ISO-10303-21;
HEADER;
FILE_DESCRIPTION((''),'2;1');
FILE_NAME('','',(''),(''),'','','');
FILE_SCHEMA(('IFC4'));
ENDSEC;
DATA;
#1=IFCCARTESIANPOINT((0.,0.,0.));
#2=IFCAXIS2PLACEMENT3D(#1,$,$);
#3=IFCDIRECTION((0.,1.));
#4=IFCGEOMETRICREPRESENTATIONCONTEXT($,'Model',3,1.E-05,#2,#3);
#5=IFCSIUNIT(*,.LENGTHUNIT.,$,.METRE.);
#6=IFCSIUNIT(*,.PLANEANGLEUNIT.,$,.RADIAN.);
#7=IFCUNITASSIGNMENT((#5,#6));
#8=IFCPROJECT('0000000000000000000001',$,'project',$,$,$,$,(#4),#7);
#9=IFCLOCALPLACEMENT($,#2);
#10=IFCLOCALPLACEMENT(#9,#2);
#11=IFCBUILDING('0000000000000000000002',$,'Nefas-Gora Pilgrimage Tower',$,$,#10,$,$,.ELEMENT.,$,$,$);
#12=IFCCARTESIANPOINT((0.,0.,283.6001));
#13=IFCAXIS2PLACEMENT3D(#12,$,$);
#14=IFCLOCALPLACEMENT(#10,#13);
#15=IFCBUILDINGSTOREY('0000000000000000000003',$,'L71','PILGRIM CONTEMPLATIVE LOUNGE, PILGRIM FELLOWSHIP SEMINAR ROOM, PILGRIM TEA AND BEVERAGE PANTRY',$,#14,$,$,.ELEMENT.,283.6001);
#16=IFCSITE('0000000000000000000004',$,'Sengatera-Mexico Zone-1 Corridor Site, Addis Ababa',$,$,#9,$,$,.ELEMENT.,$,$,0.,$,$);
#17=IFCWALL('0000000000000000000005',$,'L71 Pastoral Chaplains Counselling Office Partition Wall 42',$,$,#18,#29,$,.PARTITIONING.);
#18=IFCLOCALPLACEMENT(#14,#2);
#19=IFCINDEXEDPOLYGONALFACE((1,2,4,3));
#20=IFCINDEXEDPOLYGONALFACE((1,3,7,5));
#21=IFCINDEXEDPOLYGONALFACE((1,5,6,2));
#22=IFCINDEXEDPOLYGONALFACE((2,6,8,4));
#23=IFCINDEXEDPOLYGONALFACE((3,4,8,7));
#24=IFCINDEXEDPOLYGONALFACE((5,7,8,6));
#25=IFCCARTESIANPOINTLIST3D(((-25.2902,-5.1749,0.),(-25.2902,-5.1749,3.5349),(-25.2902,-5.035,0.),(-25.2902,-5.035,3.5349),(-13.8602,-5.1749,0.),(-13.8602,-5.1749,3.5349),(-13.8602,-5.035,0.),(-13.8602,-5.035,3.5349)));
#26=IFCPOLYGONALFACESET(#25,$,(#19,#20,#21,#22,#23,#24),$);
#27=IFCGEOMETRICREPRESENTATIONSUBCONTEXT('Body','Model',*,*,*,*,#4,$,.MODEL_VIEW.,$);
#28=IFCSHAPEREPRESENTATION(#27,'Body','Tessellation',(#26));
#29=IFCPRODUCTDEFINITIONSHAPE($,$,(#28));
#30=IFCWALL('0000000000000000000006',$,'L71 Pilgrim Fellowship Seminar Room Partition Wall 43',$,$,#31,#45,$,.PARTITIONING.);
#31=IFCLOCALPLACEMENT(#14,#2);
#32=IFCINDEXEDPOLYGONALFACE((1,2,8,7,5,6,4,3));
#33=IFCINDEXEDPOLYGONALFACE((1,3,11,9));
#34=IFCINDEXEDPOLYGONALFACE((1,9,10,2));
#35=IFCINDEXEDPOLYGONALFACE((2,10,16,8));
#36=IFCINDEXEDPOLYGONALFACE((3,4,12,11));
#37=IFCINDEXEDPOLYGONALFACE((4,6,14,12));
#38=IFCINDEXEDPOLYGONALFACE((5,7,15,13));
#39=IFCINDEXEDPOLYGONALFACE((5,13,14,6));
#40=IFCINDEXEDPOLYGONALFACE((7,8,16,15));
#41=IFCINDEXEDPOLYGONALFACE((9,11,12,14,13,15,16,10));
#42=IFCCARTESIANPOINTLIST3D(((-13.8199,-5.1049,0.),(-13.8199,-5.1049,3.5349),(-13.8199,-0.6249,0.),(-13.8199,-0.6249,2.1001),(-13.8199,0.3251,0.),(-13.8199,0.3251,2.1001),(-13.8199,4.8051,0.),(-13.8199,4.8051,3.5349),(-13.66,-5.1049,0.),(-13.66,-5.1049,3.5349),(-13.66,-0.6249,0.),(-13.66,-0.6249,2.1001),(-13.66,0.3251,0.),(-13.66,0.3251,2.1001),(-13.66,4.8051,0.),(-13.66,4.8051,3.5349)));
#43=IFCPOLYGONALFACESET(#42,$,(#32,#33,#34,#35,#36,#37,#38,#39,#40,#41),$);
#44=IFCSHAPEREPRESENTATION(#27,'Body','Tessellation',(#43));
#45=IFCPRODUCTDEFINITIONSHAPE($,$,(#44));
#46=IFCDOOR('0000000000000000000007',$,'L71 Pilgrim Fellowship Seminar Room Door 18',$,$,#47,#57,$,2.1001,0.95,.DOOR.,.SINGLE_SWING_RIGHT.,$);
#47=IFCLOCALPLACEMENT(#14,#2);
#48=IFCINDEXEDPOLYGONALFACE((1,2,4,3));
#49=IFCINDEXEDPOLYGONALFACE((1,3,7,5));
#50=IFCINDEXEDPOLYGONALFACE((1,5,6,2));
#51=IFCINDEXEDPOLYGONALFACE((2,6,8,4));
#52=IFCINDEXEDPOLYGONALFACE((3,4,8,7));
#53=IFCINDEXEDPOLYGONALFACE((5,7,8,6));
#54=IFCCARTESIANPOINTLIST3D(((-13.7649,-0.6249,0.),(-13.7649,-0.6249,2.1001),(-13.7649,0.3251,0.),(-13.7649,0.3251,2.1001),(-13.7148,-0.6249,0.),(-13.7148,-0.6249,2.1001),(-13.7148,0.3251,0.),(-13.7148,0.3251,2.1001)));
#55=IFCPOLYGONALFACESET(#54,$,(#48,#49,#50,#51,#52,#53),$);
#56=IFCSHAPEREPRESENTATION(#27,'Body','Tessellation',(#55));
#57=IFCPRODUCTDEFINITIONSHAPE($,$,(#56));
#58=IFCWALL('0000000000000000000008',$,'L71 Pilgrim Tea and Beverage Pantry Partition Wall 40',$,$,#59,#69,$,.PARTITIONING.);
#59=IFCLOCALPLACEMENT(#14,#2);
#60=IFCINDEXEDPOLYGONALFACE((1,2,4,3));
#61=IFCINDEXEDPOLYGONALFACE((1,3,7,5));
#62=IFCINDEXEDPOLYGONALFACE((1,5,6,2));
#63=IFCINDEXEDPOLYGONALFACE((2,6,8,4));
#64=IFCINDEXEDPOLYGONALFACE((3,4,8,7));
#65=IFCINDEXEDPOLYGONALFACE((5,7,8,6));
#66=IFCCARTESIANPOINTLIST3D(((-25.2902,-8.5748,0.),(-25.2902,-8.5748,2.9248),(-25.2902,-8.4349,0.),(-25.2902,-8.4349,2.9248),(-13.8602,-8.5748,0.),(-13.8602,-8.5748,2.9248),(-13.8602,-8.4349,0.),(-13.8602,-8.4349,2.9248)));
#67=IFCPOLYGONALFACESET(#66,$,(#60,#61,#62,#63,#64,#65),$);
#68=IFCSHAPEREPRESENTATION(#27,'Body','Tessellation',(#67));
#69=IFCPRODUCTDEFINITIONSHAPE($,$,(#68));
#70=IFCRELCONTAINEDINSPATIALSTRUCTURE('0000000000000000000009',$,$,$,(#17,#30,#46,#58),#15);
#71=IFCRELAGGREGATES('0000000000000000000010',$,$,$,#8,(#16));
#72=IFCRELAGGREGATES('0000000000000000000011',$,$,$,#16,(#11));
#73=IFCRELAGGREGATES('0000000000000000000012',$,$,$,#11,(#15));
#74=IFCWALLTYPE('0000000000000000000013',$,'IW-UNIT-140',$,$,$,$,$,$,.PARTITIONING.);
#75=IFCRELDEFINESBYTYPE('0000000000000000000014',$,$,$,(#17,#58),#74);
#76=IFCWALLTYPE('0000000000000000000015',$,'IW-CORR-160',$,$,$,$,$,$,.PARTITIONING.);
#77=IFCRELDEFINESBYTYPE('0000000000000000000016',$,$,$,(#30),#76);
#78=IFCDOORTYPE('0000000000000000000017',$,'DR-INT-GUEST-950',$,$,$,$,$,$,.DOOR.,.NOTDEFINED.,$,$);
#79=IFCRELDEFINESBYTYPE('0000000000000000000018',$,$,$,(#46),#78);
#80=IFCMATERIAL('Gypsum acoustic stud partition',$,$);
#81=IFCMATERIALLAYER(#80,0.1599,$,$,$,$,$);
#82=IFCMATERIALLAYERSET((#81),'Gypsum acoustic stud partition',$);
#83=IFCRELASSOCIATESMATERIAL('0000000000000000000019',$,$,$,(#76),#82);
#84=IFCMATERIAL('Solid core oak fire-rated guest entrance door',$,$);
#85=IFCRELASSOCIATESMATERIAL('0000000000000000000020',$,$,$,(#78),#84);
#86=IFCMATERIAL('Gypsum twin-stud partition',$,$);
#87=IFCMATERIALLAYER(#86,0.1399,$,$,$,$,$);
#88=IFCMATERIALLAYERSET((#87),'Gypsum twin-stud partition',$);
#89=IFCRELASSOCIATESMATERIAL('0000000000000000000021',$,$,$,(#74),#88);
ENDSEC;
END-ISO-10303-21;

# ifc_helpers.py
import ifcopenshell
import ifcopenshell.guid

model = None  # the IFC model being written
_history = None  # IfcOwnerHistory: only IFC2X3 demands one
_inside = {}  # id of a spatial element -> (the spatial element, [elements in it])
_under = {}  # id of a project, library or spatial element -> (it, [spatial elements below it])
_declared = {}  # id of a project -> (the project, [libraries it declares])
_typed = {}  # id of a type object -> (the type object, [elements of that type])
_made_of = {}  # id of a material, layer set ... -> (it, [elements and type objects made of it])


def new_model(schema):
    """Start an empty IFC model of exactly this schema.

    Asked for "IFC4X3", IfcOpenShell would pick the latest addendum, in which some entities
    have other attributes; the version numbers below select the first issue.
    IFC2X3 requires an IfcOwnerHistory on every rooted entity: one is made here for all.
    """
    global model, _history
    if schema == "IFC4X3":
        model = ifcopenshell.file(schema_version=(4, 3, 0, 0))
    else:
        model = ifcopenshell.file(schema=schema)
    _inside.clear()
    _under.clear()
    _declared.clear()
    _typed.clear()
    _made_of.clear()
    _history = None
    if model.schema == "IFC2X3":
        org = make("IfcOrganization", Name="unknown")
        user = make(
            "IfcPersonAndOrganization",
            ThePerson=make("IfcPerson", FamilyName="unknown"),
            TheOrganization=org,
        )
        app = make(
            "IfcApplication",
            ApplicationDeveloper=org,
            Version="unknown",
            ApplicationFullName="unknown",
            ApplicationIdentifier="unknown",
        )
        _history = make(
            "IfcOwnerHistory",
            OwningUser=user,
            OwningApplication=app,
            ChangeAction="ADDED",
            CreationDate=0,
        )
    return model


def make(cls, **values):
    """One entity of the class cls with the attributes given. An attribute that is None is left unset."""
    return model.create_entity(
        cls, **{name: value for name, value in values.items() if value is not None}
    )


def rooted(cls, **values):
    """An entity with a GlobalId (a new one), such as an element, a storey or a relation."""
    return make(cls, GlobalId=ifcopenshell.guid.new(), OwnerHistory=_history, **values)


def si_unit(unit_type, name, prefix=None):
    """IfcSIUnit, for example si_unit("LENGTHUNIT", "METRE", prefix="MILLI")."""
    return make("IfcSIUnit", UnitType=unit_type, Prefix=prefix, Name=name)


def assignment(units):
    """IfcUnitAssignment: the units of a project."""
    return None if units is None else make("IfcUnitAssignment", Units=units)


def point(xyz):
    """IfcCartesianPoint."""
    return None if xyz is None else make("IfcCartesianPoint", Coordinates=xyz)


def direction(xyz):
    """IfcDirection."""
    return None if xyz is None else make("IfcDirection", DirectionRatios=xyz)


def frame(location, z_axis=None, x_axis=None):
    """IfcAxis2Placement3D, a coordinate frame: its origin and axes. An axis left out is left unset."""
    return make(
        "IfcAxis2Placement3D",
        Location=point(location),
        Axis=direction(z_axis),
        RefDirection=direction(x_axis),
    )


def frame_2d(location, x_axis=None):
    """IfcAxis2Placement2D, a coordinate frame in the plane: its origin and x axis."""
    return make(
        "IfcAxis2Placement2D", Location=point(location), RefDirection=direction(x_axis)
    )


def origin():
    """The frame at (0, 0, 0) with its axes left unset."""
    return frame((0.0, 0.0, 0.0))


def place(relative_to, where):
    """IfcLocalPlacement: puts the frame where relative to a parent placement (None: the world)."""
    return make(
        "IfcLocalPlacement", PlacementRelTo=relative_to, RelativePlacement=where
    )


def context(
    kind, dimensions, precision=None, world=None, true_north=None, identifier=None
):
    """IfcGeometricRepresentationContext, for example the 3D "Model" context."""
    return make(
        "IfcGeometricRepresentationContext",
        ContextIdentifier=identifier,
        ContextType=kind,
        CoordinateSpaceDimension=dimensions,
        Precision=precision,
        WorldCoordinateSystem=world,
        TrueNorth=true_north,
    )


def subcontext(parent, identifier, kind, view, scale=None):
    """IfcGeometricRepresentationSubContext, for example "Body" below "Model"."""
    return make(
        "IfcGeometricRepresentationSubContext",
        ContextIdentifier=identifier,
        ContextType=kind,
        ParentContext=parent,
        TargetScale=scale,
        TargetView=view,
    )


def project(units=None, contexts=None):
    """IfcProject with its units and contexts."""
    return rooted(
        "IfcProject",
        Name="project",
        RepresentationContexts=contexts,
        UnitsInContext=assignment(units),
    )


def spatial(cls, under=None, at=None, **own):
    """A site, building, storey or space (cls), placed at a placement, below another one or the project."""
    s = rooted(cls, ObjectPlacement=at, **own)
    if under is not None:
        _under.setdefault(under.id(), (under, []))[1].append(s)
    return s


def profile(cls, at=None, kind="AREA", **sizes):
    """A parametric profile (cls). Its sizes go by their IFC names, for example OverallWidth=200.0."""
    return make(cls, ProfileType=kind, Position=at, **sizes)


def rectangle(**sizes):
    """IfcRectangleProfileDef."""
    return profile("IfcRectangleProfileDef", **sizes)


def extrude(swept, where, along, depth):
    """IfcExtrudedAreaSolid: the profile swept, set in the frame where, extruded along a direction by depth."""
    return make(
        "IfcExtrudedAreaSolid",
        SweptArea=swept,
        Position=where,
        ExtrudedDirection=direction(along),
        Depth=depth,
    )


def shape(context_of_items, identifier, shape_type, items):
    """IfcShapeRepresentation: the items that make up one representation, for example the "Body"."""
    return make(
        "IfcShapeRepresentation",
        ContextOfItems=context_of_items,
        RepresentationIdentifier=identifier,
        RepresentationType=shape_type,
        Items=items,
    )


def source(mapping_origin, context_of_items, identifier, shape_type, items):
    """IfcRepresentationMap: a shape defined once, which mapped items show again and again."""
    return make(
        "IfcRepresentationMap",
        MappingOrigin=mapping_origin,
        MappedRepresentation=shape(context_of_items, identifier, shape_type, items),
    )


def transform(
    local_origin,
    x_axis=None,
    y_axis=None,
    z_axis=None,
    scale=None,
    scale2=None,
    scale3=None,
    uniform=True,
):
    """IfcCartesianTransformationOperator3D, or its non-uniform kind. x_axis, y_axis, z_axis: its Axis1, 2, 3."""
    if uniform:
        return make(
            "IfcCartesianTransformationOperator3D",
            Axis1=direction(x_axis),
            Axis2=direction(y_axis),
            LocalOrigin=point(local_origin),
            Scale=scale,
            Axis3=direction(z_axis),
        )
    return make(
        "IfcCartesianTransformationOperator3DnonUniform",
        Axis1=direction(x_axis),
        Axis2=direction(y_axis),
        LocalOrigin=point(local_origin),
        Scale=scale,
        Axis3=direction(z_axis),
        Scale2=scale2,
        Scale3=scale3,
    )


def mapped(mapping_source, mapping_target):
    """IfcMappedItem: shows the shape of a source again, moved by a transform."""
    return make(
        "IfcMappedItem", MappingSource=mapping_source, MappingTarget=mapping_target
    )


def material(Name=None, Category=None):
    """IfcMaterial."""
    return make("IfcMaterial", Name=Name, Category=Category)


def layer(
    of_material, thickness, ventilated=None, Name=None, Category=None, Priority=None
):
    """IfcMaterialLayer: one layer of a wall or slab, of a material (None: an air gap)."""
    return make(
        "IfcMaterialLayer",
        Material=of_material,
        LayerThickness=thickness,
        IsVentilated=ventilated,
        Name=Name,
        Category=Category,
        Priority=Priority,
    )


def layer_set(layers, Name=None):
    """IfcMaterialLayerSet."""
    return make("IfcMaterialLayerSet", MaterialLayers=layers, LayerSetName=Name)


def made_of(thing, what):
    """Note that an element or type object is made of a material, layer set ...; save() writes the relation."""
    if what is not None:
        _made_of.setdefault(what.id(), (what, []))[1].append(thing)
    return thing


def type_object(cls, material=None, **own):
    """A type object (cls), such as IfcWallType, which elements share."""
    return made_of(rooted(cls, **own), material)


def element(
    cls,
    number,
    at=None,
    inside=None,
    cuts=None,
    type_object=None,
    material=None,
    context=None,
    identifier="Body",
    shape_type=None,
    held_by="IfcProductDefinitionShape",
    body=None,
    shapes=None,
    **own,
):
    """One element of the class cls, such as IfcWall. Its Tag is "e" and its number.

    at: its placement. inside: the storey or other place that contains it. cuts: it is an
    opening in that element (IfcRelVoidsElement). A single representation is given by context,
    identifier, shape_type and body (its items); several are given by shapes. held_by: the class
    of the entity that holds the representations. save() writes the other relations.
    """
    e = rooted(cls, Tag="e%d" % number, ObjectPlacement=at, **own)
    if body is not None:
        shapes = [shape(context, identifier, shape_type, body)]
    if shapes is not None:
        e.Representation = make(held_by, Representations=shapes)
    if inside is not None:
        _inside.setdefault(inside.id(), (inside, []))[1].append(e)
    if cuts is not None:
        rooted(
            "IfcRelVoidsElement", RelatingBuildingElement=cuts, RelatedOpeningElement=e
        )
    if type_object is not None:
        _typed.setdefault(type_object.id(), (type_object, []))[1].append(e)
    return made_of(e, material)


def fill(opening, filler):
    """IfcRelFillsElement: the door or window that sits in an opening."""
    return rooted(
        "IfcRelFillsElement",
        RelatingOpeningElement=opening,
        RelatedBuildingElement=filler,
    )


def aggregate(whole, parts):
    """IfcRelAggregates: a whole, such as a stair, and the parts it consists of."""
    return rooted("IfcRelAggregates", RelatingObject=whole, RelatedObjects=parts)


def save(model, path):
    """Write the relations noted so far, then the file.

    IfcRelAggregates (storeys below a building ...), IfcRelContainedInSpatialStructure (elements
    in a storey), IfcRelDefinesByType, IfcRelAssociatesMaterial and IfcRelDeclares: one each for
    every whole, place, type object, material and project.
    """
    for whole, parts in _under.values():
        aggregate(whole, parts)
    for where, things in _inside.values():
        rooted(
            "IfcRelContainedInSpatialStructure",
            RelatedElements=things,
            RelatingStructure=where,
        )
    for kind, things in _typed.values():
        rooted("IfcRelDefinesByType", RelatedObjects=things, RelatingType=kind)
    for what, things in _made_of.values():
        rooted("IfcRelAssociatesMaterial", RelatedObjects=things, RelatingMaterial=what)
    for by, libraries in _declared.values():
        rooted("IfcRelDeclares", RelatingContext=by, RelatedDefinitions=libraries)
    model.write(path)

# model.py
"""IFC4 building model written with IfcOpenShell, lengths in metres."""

from ifc_helpers import new_model, si_unit, direction, frame, frame_2d, origin, place, context, subcontext, project, spatial, rectangle, extrude, source, transform, mapped, material, layer, layer_set, type_object, element, fill, save


model = new_model("IFC4")

# Units and contexts
model_context = context("Model", 3, precision=1e-05, world=origin(), true_north=direction((0.0, 1.0)))
body_context = subcontext(model_context, "Body", "Model", "MODEL_VIEW")
ifc_project = project(units=[si_unit("LENGTHUNIT", "METRE"), si_unit("PLANEANGLEUNIT", "RADIAN")], contexts=[model_context])

# Site, building, storey
site_placement = place(None, origin())
site = spatial("IfcSite", under=ifc_project, at=site_placement, Name="Sengatera-Mexico Zone-1 Corridor Site, Addis Ababa", CompositionType="ELEMENT", RefElevation=0.0)
building_placement = place(site_placement, origin())
building = spatial("IfcBuilding", under=site, at=building_placement, Name="Nefas-Gora Pilgrimage Tower", CompositionType="ELEMENT")
storey_placement = place(building_placement, frame((0.0, 0.0, 283.6001)))
storey = spatial("IfcBuildingStorey", under=building, at=storey_placement, Name="L71", Description="PILGRIM CONTEMPLATIVE LOUNGE, PILGRIM FELLOWSHIP SEMINAR ROOM, PILGRIM TEA AND BEVERAGE PANTRY", CompositionType="ELEMENT", Elevation=283.6001)

# Shared definitions
ifc_material_1 = material(Name="Gypsum acoustic stud partition")
ifc_layer_1 = layer(ifc_material_1, 0.1599)
ifc_layer_set_1 = layer_set([ifc_layer_1], Name="Gypsum acoustic stud partition")
wall_type_1 = type_object("IfcWallType", Name="IW-CORR-160", PredefinedType="PARTITIONING", material=ifc_layer_set_1)
ifc_material_2 = material(Name="Solid core oak fire-rated guest entrance door")
door_type_1 = type_object("IfcDoorType", Name="DR-INT-GUEST-950", OperationType="NOTDEFINED", PredefinedType="DOOR", material=ifc_material_2)
shared_shape_1 = source(origin(), body_context, "Body", "SweptSolid", [
    extrude(rectangle(XDim=0.95, YDim=2.1001, at=frame_2d((0.4751, 1.05))), frame((0.0, 0.0249, 0.0), z_axis=(0.0, -1.0, 0.0), x_axis=(1.0, 0.0, 0.0)), (0.0, 0.0, 1.0), 0.05),
])

# Wall
ifc_material_3 = material(Name="Gypsum twin-stud partition")
ifc_layer_2 = layer(ifc_material_3, 0.1399)
ifc_layer_set_2 = layer_set([ifc_layer_2], Name="Gypsum twin-stud partition")
wall_type_2 = type_object("IfcWallType", Name="IW-UNIT-140", PredefinedType="PARTITIONING", material=ifc_layer_set_2)
shared_shape_2 = source(origin(), body_context, "Body", "SweptSolid", [
    extrude(rectangle(XDim=11.4299, YDim=0.1399, at=frame_2d((5.7148, 0.0))), origin(), (0.0, 0.0, 1.0), 3.5349),
])
wall_1_placement = place(storey_placement, frame((-25.29, -5.105, 0.0), z_axis=(0.0, 0.0, 1.0), x_axis=(1.0, 0.0, 0.0)))
element("IfcWall", 1, at=wall_1_placement, inside=storey, type_object=wall_type_2, Name="L71 Pastoral Chaplains Counselling Office Partition Wall 42", PredefinedType="PARTITIONING", context=body_context, shape_type="MappedRepresentation", body=[
    mapped(shared_shape_2, transform((0.0, 0.0, 0.0), x_axis=(1.0, 0.0, 0.0), y_axis=(0.0, 1.0, 0.0), z_axis=(0.0, 0.0, 1.0), scale=1.0)),
])

# Wall, opening, door
shared_shape_3 = source(origin(), body_context, "Body", "SweptSolid", [
    extrude(rectangle(XDim=9.9099, YDim=0.1599, at=frame_2d((4.9551, 0.0))), origin(), (0.0, 0.0, 1.0), 3.5349),
])
wall_2_placement = place(storey_placement, frame((-13.74, -5.105, 0.0), z_axis=(0.0, 0.0, 1.0), x_axis=(0.0, 1.0, 0.0)))
wall_2 = element("IfcWall", 2, at=wall_2_placement, inside=storey, type_object=wall_type_1, Name="L71 Pilgrim Fellowship Seminar Room Partition Wall 43", PredefinedType="PARTITIONING", context=body_context, shape_type="MappedRepresentation", body=[
    mapped(shared_shape_3, transform((0.0, 0.0, 0.0), x_axis=(1.0, 0.0, 0.0), y_axis=(0.0, 1.0, 0.0), z_axis=(0.0, 0.0, 1.0), scale=1.0)),
])
opening_1_placement = place(wall_2_placement, frame((4.48, 0.0, 0.0)))
opening_1 = element("IfcOpeningElement", 3, at=opening_1_placement, cuts=wall_2, PredefinedType="OPENING", context=body_context, shape_type="SweptSolid", body=[
    extrude(rectangle(XDim=0.95, YDim=2.1001, at=frame_2d((0.4751, 1.05))), frame((0.0, 0.0898, 0.0), z_axis=(0.0, -1.0, 0.0), x_axis=(1.0, 0.0, 0.0)), (0.0, 0.0, 1.0), 0.1799),
])
door_1_placement = place(opening_1_placement, origin())
door_1 = element("IfcDoor", 4, at=door_1_placement, inside=storey, type_object=door_type_1, Name="L71 Pilgrim Fellowship Seminar Room Door 18", OperationType="SINGLE_SWING_RIGHT", OverallHeight=2.1001, OverallWidth=0.95, PredefinedType="DOOR", context=body_context, shape_type="MappedRepresentation", body=[
    mapped(shared_shape_1, transform((0.0, 0.0, 0.0), x_axis=(1.0, 0.0, 0.0), y_axis=(0.0, 1.0, 0.0), z_axis=(0.0, 0.0, 1.0), scale=1.0)),
])
fill(opening_1, door_1)

# Wall
shared_shape_4 = source(origin(), body_context, "Body", "SweptSolid", [
    extrude(rectangle(XDim=11.4299, YDim=0.1399, at=frame_2d((5.7148, 0.0))), origin(), (0.0, 0.0, 1.0), 2.9248),
])
wall_3_placement = place(storey_placement, frame((-25.29, -8.5049, 0.0), z_axis=(0.0, 0.0, 1.0), x_axis=(1.0, 0.0, 0.0)))
element("IfcWall", 5, at=wall_3_placement, inside=storey, type_object=wall_type_2, Name="L71 Pilgrim Tea and Beverage Pantry Partition Wall 40", PredefinedType="PARTITIONING", context=body_context, shape_type="MappedRepresentation", body=[
    mapped(shared_shape_4, transform((0.0, 0.0, 0.0), x_axis=(1.0, 0.0, 0.0), y_axis=(0.0, 1.0, 0.0), z_axis=(0.0, 0.0, 1.0), scale=1.0)),
])

save(model, "model.ifc")
